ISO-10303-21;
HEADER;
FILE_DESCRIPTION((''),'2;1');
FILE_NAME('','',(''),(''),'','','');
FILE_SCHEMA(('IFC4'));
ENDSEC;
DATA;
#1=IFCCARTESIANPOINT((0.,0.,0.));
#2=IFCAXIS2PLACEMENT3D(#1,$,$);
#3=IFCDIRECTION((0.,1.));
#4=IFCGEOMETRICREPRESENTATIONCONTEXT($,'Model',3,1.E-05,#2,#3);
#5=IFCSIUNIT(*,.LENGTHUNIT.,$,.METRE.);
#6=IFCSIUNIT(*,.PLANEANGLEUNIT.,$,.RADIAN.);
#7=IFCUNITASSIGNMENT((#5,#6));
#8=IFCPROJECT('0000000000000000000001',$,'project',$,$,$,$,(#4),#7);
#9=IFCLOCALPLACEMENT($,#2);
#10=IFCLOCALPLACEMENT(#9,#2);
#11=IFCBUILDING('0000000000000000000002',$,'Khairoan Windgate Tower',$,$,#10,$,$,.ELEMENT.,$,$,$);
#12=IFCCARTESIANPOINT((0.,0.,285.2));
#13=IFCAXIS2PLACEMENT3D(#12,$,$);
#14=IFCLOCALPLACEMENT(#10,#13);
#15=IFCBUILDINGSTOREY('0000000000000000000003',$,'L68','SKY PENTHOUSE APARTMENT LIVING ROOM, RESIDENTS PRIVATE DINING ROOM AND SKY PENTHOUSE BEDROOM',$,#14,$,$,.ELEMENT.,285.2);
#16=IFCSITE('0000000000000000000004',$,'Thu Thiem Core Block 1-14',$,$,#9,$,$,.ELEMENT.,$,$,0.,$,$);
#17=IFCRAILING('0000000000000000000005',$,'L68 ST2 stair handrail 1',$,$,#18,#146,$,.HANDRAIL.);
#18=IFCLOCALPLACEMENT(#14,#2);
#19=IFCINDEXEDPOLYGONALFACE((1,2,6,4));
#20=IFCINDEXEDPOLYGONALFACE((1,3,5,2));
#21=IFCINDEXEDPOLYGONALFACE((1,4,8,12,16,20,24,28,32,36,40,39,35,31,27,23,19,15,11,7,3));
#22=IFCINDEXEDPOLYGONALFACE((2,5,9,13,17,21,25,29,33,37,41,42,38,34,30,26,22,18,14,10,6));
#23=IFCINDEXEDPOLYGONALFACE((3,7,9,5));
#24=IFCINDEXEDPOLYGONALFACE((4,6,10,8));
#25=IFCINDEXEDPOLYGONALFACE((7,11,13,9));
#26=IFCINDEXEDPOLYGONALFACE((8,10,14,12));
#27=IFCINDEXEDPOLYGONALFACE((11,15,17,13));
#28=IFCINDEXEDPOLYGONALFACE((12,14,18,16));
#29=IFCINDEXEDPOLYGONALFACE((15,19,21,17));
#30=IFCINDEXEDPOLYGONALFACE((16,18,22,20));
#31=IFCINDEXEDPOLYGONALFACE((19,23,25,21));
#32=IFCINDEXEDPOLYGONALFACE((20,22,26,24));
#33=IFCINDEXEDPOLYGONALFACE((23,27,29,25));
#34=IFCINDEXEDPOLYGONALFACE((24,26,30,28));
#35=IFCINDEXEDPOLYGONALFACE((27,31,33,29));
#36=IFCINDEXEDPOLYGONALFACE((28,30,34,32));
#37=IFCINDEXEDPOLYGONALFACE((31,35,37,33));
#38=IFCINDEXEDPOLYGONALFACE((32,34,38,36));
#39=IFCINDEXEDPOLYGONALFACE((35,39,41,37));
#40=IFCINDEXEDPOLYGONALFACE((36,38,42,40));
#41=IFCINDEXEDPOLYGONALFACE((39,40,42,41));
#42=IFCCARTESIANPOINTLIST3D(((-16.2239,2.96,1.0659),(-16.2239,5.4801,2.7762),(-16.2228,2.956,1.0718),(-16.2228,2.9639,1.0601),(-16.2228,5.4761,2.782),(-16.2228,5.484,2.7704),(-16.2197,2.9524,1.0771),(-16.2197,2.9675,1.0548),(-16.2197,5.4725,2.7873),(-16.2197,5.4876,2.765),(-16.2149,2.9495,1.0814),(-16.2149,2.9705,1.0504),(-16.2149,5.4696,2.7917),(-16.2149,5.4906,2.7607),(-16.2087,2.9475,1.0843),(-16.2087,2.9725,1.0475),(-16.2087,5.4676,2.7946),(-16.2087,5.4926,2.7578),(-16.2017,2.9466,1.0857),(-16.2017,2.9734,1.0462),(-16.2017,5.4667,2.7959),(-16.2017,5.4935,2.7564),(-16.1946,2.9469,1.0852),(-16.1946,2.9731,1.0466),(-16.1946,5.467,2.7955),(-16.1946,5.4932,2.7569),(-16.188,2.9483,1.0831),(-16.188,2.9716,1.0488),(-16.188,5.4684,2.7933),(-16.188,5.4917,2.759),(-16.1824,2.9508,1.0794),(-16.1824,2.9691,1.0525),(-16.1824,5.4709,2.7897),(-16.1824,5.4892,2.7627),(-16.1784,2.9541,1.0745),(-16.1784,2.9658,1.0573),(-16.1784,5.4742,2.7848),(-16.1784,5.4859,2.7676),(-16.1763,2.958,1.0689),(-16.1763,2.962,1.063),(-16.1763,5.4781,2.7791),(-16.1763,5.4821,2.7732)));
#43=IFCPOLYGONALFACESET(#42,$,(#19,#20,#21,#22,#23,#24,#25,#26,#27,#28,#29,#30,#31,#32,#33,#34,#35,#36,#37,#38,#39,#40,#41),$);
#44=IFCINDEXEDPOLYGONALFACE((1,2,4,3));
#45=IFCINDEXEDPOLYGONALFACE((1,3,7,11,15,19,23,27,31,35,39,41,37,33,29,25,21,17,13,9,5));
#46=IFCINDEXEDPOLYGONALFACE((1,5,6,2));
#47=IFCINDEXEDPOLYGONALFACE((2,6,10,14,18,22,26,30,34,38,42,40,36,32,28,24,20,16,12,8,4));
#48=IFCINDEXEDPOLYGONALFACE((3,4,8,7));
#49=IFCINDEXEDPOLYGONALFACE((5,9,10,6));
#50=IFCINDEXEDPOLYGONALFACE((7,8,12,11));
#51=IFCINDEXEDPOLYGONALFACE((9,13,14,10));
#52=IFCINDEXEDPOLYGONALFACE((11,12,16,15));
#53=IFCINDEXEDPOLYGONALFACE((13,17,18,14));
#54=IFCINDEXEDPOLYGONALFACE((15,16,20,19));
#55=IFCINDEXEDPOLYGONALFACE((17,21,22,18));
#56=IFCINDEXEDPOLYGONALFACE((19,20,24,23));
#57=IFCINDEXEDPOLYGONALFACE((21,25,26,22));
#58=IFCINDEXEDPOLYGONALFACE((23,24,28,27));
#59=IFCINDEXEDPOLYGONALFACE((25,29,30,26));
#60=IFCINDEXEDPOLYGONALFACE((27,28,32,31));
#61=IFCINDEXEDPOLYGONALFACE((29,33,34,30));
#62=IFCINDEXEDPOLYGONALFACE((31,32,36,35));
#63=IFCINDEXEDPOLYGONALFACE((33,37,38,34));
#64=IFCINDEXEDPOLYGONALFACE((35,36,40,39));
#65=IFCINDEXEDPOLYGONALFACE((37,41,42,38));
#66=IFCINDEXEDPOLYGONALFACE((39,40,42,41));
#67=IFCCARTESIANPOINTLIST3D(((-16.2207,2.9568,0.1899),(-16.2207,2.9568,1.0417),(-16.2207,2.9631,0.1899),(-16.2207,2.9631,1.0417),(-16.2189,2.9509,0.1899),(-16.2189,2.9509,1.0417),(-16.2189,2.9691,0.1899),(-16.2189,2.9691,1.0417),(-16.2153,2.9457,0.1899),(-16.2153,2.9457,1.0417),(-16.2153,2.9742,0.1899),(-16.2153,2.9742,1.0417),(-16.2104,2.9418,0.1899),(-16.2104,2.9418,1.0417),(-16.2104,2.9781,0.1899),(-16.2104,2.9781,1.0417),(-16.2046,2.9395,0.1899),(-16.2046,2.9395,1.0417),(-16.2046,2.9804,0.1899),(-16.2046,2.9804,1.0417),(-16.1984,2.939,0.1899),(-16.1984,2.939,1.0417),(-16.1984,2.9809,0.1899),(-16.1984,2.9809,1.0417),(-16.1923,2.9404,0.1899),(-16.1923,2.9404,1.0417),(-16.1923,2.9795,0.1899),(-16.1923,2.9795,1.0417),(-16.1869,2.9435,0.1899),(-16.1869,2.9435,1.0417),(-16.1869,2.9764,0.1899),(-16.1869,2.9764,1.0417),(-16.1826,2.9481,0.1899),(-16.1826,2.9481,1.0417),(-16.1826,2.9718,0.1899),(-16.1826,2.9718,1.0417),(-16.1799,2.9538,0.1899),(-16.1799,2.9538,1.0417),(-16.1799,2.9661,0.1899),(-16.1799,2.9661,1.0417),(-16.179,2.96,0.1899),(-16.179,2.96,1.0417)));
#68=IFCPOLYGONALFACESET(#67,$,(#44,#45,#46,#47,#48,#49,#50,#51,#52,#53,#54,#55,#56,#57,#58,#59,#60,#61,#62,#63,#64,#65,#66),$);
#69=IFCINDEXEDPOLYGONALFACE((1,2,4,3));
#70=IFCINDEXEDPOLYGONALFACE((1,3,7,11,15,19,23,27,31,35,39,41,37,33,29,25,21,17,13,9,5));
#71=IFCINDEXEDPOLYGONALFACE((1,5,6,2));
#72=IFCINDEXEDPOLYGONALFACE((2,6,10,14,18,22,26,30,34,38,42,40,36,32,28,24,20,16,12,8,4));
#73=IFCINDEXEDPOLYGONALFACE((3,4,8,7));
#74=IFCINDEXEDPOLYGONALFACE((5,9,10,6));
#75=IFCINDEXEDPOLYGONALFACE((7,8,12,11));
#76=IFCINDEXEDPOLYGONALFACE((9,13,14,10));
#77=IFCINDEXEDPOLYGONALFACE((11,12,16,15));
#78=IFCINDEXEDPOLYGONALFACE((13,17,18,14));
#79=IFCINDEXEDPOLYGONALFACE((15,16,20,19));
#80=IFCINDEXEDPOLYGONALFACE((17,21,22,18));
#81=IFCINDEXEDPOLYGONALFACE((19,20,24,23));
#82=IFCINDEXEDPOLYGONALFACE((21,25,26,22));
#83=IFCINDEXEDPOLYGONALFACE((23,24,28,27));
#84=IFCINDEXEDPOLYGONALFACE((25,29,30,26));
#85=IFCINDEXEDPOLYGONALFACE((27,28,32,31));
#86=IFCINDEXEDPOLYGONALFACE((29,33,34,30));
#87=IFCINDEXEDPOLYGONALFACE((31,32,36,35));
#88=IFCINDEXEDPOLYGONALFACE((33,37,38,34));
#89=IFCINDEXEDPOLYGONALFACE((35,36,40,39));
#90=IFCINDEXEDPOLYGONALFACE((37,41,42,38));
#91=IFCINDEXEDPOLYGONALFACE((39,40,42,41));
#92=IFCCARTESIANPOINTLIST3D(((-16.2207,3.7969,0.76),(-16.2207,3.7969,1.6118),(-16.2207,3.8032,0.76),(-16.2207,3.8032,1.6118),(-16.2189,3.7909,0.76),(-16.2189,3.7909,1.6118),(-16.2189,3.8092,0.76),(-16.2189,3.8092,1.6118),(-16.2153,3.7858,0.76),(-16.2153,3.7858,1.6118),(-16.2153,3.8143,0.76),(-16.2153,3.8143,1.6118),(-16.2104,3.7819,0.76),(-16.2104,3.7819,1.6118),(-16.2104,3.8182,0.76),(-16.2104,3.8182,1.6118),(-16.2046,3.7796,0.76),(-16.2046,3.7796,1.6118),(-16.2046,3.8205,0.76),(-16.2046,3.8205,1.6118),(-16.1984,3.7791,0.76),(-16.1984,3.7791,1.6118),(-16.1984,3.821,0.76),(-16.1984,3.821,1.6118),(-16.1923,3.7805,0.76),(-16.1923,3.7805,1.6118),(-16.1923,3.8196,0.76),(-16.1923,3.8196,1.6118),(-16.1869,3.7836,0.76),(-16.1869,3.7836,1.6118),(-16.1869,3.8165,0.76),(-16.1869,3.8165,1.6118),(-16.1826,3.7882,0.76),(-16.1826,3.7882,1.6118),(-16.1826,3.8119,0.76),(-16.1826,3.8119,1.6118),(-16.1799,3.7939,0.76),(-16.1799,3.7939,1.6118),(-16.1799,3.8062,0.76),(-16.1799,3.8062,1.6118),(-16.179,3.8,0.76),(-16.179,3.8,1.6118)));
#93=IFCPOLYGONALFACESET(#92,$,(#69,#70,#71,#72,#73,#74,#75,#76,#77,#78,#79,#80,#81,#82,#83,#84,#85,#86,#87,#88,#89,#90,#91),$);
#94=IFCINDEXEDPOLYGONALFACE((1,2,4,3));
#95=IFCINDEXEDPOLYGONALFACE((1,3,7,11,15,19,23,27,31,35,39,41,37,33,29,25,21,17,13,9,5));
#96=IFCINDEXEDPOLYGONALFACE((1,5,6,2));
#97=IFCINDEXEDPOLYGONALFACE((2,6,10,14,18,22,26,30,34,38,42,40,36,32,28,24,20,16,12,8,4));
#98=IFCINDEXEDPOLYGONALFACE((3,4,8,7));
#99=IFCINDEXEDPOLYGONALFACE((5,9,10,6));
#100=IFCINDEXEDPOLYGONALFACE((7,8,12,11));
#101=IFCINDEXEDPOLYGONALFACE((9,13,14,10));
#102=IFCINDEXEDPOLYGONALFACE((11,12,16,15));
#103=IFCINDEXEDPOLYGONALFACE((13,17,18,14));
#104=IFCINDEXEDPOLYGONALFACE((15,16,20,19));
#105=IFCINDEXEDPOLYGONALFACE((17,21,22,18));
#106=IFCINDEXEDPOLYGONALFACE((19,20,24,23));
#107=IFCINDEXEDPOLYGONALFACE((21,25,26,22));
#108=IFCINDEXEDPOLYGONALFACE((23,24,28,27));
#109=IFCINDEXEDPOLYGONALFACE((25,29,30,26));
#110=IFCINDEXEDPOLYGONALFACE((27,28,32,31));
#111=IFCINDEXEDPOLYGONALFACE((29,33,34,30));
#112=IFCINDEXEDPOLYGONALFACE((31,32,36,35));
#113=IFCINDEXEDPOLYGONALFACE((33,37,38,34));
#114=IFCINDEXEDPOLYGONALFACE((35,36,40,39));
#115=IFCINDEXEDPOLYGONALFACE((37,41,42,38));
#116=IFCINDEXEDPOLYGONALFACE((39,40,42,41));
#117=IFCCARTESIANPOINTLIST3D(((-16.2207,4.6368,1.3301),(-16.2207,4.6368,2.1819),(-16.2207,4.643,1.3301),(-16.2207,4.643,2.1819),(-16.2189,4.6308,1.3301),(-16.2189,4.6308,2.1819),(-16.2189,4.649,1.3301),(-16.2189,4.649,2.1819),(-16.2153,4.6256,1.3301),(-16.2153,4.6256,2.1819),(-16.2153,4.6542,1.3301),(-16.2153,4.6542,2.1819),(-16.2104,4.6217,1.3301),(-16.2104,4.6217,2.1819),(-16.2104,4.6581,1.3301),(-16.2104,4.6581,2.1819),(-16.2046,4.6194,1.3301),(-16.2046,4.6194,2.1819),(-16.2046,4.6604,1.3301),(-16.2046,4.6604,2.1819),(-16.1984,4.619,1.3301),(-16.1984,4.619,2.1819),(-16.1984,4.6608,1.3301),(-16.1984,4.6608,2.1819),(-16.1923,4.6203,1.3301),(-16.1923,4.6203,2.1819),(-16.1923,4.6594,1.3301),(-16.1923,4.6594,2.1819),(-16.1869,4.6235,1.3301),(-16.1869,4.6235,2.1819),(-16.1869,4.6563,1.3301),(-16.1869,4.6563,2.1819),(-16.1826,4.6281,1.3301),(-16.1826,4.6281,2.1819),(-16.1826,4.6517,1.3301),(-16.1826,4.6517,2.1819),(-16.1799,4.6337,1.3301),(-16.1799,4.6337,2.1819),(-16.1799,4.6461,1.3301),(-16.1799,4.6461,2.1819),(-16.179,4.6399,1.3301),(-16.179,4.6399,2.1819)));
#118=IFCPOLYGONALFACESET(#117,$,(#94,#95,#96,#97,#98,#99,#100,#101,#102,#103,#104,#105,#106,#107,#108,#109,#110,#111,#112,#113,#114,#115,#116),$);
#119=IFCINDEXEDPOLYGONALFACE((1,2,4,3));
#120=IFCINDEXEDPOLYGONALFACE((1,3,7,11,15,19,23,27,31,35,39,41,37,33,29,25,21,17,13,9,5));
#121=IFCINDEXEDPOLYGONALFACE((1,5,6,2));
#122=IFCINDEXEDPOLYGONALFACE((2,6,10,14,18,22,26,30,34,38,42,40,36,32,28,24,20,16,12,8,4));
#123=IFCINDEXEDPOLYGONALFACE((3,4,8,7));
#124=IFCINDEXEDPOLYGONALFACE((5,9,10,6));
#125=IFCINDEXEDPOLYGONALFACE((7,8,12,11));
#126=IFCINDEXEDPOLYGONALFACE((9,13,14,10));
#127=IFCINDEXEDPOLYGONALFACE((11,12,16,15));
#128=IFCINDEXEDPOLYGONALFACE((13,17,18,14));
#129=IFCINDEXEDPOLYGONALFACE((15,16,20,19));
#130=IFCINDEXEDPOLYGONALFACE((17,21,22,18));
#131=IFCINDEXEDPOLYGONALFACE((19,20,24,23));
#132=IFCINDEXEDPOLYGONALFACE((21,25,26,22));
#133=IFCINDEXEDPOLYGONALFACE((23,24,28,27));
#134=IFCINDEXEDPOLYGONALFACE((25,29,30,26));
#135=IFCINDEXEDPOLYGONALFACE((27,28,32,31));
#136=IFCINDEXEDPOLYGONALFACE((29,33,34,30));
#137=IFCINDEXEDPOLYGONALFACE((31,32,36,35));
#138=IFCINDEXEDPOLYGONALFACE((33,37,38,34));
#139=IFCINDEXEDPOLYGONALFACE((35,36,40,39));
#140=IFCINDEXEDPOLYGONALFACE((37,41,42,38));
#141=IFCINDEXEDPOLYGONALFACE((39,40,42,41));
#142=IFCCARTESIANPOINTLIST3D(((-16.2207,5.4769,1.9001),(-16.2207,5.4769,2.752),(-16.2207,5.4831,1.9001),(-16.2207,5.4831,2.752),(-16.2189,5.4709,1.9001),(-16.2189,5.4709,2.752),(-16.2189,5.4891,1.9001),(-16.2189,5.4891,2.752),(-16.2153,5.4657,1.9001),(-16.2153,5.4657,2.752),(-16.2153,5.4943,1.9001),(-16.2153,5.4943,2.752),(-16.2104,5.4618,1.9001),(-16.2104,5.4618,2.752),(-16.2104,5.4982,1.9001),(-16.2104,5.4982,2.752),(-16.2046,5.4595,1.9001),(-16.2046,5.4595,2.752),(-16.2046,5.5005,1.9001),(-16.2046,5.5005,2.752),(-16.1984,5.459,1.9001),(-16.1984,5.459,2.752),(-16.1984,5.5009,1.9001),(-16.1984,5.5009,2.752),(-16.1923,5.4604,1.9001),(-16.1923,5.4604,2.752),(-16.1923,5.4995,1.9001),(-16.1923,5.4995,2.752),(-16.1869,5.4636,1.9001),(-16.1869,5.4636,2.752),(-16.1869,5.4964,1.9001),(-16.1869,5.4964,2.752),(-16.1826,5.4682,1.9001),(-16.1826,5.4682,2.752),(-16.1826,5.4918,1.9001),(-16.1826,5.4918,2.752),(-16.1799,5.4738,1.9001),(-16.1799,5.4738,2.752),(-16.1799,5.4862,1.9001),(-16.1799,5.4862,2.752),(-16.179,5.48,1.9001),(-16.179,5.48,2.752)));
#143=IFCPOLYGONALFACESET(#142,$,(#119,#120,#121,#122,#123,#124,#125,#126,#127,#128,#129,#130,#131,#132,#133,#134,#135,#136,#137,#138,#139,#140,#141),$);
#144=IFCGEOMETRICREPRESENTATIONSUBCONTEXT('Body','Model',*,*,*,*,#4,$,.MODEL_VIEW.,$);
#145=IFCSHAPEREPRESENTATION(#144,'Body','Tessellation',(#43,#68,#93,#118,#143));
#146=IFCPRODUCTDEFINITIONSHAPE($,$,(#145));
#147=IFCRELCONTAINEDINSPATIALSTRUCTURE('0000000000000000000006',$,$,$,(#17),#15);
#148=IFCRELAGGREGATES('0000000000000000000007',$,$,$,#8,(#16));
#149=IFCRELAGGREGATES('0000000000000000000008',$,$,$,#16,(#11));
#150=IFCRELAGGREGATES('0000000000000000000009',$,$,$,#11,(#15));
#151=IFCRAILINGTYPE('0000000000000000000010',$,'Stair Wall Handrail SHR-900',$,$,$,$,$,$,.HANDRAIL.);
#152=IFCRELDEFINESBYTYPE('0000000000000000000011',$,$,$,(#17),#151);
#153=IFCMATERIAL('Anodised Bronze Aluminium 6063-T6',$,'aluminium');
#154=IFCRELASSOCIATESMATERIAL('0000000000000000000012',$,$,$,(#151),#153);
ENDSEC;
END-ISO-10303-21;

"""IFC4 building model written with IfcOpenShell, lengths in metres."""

from ifc_helpers import new_model, si_unit, direction, frame, origin, origin_2d, place, context, subcontext, project, spatial, circle, extrude, material, type_object, element, save


model = new_model("IFC4")

# Units and contexts
model_context = context("Model", 3, precision=1e-05, world=origin(), true_north=direction((0.0, 1.0)))
body_context = subcontext(model_context, "Body", "Model", "MODEL_VIEW")
ifc_project = project(units=[si_unit("LENGTHUNIT", "METRE"), si_unit("PLANEANGLEUNIT", "RADIAN")], contexts=[model_context])

# Site, building, storey
site_placement = place(None, origin())
site = spatial("IfcSite", under=ifc_project, at=site_placement, Name="Thu Thiem Core Block 1-14", CompositionType="ELEMENT", RefElevation=0.0)
building_placement = place(site_placement, origin())
building = spatial("IfcBuilding", under=site, at=building_placement, Name="Khairoan Windgate Tower", CompositionType="ELEMENT")
storey_placement = place(building_placement, frame((0.0, 0.0, 285.2)))
storey = spatial("IfcBuildingStorey", under=building, at=storey_placement, Name="L68", Description="SKY PENTHOUSE APARTMENT LIVING ROOM, RESIDENTS PRIVATE DINING ROOM AND SKY PENTHOUSE BEDROOM", CompositionType="ELEMENT", Elevation=285.2)

# Railing
ifc_material_1 = material(Name="Anodised Bronze Aluminium 6063-T6", Category="aluminium")
railing_type_1 = type_object("IfcRailingType", Name="Stair Wall Handrail SHR-900", PredefinedType="HANDRAIL", material=ifc_material_1)
railing_1_placement = place(storey_placement, frame((-16.2, 2.96, 0.1899)))
element("IfcRailing", 1, at=railing_1_placement, inside=storey, type_object=railing_type_1, Name="L68 ST2 stair handrail 1", PredefinedType="HANDRAIL", context=body_context, shape_type="SweptSolid", body=[
    extrude(circle(Radius=0.0239, at=origin_2d()), frame((0.0, 0.0, 0.876), z_axis=(0.0, 0.827447, 0.561545), x_axis=(-1.0, 0.0, 0.0)), (0.0, 0.0, 1.0), 3.0457),
    extrude(circle(Radius=0.021, at=origin_2d()), origin(), (0.0, 0.0, 1.0), 0.8518),
    extrude(circle(Radius=0.021, at=origin_2d()), frame((0.0, 0.8401, 0.5701)), (0.0, 0.0, 1.0), 0.8518),
    extrude(circle(Radius=0.021, at=origin_2d()), frame((0.0, 1.6799, 1.1401)), (0.0, 0.0, 1.0), 0.8518),
    extrude(circle(Radius=0.021, at=origin_2d()), frame((0.0, 2.52, 1.7102)), (0.0, 0.0, 1.0), 0.8518),
])

save(model, "model.ifc")
